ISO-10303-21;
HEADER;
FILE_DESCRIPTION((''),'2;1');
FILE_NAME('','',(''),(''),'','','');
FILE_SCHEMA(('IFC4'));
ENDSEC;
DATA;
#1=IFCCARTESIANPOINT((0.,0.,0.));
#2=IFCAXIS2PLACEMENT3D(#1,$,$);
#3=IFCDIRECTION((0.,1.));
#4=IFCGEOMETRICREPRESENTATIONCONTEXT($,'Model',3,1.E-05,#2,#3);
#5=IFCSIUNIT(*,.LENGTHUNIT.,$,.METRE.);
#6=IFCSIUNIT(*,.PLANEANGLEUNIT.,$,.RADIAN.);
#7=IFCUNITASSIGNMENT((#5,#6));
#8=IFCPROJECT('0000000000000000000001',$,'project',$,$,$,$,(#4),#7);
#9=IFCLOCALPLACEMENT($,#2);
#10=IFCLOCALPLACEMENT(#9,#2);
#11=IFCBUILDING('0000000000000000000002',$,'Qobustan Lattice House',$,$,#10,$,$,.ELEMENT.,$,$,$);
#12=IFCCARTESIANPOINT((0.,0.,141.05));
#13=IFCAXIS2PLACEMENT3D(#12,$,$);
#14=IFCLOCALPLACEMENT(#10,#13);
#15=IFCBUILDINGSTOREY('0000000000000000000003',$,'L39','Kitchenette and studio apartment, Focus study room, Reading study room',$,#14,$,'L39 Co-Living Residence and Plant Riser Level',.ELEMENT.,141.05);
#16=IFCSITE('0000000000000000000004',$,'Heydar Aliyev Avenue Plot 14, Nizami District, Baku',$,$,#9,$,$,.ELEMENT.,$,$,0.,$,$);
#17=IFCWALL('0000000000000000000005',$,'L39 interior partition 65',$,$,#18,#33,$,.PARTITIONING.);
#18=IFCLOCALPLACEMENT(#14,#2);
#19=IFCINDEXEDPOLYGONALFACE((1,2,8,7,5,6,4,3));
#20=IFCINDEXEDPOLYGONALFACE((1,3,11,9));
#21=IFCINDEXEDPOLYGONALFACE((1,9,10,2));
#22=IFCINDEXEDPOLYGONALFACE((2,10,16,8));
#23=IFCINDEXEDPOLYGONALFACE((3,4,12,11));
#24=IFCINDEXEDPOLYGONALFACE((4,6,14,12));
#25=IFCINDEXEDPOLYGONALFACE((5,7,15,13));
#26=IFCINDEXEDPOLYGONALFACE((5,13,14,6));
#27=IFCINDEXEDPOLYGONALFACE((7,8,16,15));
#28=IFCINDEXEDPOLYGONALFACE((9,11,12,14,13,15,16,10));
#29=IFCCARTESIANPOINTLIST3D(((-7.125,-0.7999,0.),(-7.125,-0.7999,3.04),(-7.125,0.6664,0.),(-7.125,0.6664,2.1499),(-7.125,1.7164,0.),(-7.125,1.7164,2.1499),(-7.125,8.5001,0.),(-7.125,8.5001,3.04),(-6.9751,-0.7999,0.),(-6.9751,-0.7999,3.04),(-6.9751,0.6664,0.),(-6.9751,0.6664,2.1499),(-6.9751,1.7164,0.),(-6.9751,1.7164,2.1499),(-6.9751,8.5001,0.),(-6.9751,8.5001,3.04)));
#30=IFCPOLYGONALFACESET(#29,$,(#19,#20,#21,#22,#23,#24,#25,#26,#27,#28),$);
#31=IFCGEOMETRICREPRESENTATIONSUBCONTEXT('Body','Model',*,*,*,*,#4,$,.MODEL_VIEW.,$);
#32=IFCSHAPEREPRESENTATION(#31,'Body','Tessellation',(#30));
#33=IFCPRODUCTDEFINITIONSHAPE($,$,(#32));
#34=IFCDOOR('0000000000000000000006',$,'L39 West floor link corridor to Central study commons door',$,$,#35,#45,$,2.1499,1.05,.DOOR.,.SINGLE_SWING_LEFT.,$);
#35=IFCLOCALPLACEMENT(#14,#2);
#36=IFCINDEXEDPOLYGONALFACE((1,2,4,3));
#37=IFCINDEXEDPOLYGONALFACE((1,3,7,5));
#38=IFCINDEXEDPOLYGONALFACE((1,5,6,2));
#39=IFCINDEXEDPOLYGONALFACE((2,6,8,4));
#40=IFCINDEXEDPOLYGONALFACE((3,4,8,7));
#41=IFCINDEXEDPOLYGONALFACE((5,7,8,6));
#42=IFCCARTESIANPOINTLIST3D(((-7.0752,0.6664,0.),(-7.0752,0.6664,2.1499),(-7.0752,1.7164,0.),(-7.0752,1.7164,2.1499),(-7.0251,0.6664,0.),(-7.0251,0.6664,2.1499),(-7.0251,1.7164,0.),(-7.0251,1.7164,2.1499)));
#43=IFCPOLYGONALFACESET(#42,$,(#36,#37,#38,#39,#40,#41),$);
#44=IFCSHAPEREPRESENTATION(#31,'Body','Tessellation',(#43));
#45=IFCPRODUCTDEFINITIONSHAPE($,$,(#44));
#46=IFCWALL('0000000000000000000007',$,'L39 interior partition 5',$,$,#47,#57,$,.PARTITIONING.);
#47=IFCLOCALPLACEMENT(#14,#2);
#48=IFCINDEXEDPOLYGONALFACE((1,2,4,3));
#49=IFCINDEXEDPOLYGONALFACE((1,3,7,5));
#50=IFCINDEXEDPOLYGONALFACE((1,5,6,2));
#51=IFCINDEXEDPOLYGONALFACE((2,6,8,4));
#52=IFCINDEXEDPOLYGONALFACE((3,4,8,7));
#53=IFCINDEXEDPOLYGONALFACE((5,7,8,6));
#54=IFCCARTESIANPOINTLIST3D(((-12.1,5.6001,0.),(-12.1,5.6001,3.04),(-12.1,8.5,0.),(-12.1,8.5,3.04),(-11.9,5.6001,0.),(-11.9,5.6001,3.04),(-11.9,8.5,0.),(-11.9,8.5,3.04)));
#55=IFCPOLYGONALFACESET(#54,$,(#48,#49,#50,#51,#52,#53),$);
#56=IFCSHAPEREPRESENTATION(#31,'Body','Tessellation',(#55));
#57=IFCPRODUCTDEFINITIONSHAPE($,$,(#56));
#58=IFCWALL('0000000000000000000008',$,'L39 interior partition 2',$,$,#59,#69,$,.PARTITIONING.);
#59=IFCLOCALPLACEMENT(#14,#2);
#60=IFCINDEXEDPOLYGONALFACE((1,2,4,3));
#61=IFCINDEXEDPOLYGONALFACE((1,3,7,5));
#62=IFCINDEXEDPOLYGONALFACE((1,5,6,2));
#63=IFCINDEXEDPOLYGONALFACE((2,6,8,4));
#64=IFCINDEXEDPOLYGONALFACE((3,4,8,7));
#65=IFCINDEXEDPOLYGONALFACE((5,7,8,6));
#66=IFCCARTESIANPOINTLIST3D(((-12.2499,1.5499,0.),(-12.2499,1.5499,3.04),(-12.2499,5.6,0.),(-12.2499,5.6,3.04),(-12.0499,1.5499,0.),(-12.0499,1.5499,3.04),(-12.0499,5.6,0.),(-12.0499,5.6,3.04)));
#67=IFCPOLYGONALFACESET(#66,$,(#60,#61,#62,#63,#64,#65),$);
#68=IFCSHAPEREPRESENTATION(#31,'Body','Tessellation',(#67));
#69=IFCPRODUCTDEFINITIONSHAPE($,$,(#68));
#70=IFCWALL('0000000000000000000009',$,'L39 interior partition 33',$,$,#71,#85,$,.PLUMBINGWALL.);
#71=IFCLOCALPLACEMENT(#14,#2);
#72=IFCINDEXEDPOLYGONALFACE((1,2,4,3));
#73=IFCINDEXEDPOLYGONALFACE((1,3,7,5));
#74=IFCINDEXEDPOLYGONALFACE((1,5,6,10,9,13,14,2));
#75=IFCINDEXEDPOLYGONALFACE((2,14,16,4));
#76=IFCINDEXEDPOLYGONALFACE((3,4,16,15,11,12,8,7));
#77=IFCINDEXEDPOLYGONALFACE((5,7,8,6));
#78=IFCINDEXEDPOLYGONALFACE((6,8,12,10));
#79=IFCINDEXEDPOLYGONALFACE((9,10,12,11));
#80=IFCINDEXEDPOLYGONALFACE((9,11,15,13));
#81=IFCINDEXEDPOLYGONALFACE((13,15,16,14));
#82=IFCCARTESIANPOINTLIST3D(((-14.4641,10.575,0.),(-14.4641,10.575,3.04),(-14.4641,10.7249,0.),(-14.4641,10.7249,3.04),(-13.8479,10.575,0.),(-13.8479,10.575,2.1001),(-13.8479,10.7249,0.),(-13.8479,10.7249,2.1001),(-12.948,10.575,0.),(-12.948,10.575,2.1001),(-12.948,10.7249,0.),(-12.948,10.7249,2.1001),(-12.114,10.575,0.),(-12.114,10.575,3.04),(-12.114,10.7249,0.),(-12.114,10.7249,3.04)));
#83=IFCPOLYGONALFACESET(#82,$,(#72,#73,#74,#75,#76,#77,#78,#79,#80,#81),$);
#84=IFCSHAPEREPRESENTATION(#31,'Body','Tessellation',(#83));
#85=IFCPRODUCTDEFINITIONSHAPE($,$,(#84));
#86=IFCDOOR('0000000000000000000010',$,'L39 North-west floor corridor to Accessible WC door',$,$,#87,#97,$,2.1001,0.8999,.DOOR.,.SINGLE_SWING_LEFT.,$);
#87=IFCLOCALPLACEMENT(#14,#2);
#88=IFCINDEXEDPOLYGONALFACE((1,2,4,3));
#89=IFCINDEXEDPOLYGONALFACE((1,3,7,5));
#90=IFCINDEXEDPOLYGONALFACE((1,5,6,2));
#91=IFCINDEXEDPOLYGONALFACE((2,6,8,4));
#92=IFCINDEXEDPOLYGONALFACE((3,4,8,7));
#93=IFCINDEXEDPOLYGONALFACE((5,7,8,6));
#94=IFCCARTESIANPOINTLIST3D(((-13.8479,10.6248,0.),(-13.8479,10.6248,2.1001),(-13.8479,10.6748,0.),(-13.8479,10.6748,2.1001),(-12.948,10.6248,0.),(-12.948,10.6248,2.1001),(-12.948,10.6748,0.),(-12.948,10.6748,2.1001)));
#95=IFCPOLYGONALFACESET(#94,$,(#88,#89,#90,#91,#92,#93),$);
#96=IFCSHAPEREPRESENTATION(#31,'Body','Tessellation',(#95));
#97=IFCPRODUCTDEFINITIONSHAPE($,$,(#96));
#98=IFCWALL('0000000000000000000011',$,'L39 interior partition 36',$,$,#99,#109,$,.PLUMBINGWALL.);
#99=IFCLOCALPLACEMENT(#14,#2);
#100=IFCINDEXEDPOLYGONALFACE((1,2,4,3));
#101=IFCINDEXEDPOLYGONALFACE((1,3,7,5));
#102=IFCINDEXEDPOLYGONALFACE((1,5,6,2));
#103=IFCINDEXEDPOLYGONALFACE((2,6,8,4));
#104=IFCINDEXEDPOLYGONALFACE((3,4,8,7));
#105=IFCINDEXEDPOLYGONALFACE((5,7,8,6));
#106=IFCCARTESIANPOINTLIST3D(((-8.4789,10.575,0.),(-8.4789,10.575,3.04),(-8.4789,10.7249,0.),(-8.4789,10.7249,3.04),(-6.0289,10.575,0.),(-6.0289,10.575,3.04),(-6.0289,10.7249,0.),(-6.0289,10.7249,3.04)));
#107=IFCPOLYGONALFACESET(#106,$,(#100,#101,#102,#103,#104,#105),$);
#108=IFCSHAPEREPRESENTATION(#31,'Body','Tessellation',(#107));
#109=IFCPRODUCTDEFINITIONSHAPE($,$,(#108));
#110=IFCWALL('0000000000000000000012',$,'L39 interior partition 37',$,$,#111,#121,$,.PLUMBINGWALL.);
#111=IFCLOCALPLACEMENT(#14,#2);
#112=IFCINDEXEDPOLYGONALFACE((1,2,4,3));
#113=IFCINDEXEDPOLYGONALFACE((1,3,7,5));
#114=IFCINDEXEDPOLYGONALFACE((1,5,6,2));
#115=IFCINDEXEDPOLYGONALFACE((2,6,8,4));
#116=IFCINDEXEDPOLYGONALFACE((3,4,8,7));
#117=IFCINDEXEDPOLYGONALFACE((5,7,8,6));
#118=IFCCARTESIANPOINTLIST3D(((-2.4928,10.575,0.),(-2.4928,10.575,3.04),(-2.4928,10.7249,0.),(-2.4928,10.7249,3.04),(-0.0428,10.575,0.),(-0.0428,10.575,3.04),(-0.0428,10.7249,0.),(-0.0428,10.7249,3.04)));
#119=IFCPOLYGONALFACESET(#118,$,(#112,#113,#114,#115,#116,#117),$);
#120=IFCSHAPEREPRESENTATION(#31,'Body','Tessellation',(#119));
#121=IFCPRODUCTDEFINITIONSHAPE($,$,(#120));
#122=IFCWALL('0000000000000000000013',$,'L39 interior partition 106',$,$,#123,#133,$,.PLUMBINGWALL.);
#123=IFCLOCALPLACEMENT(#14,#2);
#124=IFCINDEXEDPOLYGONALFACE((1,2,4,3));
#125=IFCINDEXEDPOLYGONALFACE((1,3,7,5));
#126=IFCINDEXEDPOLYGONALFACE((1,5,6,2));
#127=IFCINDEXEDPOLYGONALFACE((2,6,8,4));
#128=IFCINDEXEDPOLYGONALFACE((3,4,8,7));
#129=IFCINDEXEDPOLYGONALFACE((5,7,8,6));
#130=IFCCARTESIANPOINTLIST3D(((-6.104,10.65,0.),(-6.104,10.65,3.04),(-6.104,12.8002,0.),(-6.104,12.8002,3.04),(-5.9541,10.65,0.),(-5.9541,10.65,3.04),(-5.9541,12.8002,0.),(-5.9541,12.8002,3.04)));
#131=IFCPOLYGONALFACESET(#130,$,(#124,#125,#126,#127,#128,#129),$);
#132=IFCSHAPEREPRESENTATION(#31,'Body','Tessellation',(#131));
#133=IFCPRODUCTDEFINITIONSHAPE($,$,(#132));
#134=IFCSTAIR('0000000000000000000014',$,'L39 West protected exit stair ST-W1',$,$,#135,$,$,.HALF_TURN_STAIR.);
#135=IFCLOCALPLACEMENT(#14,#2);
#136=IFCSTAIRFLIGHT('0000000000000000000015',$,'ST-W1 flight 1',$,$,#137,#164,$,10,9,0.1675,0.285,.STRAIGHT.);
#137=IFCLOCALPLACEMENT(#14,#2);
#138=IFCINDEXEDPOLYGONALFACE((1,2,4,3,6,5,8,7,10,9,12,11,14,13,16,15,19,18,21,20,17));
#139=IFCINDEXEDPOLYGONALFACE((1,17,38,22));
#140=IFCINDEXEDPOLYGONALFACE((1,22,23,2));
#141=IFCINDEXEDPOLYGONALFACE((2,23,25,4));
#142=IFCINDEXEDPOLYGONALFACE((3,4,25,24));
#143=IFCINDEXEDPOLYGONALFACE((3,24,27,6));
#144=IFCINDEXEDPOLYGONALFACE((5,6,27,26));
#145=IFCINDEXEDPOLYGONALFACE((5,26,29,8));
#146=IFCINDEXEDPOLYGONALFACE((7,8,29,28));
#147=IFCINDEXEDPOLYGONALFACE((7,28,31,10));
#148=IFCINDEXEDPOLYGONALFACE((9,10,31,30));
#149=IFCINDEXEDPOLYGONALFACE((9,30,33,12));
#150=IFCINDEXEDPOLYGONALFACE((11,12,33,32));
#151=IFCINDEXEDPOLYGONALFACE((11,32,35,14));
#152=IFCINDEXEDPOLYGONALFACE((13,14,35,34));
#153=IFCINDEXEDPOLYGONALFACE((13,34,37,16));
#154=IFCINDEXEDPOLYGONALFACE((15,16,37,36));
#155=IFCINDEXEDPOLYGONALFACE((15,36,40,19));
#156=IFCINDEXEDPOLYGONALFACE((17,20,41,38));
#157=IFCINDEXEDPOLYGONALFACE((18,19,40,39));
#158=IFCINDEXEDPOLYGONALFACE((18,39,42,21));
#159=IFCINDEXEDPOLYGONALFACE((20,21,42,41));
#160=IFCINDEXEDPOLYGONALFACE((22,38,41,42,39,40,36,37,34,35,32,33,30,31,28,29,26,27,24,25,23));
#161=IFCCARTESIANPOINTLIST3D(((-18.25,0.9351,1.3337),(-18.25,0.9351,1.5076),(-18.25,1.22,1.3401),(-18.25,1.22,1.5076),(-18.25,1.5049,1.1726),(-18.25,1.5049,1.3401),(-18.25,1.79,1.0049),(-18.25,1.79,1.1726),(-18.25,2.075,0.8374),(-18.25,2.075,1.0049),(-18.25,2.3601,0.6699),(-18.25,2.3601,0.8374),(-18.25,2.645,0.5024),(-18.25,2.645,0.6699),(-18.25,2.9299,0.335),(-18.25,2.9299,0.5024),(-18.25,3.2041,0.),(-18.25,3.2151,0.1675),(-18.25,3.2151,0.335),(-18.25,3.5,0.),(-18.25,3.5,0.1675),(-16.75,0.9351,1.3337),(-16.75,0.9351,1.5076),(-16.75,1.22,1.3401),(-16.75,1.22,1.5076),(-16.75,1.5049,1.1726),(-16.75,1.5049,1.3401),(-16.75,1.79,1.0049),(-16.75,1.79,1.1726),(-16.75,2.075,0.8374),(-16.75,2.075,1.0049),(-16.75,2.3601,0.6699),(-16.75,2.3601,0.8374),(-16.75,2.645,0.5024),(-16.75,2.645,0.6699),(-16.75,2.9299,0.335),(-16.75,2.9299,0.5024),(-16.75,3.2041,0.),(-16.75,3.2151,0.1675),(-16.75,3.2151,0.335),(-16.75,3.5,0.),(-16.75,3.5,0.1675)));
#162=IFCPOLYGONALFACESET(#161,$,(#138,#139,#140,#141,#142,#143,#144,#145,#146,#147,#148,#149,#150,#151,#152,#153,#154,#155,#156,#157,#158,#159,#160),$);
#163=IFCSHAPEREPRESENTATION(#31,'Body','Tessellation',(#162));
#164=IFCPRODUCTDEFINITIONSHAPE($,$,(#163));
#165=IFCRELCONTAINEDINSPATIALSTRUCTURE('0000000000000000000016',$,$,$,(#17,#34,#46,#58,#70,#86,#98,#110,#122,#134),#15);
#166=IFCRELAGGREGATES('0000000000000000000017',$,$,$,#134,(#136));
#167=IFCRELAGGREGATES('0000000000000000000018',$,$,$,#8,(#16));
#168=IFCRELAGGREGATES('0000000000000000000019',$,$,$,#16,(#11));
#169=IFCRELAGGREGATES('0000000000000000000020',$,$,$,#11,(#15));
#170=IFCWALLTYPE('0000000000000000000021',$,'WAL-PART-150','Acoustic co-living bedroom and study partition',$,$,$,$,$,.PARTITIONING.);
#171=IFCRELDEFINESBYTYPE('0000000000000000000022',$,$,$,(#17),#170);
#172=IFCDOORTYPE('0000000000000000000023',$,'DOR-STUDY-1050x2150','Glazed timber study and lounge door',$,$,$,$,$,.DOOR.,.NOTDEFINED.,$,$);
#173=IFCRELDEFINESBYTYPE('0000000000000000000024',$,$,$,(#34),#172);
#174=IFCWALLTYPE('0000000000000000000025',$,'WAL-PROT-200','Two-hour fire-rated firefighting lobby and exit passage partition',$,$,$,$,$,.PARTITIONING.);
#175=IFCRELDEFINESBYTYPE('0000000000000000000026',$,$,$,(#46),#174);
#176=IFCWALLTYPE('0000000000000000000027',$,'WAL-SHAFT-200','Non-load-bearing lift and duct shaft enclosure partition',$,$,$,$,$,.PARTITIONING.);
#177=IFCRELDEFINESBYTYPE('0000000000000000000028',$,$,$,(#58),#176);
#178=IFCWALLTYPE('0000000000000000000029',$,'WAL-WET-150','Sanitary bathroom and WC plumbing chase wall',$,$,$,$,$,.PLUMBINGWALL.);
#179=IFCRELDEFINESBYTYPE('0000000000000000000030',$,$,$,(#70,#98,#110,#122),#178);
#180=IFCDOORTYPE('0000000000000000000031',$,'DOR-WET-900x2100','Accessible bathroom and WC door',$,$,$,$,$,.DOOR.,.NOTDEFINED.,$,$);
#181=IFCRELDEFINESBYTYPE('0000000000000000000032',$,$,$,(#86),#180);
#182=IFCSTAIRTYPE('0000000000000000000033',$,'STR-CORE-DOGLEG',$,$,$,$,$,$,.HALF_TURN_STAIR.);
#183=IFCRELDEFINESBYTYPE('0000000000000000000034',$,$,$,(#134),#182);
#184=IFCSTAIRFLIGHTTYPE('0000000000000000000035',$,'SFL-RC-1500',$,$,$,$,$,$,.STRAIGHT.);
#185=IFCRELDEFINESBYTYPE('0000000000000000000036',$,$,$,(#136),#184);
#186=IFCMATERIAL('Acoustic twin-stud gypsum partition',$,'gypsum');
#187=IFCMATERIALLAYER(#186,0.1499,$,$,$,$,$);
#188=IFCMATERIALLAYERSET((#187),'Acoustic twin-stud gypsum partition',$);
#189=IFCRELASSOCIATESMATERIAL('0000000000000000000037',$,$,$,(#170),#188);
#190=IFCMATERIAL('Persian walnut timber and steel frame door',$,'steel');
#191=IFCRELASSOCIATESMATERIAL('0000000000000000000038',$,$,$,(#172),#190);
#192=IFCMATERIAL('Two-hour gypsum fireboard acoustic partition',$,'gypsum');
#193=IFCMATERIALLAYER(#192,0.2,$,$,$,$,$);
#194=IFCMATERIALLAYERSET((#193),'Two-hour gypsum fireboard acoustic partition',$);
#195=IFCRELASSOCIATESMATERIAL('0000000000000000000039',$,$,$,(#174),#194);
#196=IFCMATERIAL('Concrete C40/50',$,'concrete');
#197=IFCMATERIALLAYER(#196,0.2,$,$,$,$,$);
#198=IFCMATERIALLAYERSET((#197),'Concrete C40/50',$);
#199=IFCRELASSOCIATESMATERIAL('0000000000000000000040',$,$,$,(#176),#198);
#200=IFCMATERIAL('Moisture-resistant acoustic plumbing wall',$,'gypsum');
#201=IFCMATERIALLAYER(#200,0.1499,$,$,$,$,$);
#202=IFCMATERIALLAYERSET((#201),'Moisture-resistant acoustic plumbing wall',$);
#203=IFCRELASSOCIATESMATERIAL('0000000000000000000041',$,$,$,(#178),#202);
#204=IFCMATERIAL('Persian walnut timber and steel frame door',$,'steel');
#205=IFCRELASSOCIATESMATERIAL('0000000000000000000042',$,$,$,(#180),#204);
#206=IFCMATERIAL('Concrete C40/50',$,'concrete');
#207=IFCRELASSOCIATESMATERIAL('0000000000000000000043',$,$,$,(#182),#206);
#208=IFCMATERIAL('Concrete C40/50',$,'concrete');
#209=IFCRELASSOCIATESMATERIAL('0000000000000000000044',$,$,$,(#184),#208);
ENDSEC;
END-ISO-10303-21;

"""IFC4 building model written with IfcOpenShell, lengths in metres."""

from ifc_helpers import new_model, si_unit, direction, frame, frame_2d, origin, place, context, subcontext, project, spatial, polyline, rectangle, outline, extrude, material, layer, layer_set, type_object, element, fill, aggregate, save


model = new_model("IFC4")

# Units and contexts
model_context = context("Model", 3, precision=1e-05, world=origin(), true_north=direction((0.0, 1.0)))
body_context = subcontext(model_context, "Body", "Model", "MODEL_VIEW")
ifc_project = project(units=[si_unit("LENGTHUNIT", "METRE"), si_unit("PLANEANGLEUNIT", "RADIAN")], contexts=[model_context])

# Site, building, storey
site_placement = place(None, origin())
site = spatial("IfcSite", under=ifc_project, at=site_placement, Name="Heydar Aliyev Avenue Plot 14, Nizami District, Baku", CompositionType="ELEMENT", RefElevation=0.0)
building_placement = place(site_placement, origin())
building = spatial("IfcBuilding", under=site, at=building_placement, Name="Qobustan Lattice House", CompositionType="ELEMENT")
storey_placement = place(building_placement, frame((0.0, 0.0, 141.05)))
storey = spatial("IfcBuildingStorey", under=building, at=storey_placement, Name="L39", Description="Kitchenette and studio apartment, Focus study room, Reading study room", LongName="L39 Co-Living Residence and Plant Riser Level", CompositionType="ELEMENT", Elevation=141.05)

# Shared definitions
ifc_material_1 = material(Name="Acoustic twin-stud gypsum partition", Category="gypsum")
ifc_layer_1 = layer(ifc_material_1, 0.1499)
ifc_layer_set_1 = layer_set([ifc_layer_1], Name="Acoustic twin-stud gypsum partition")
wall_type_1 = type_object("IfcWallType", Name="WAL-PART-150", Description="Acoustic co-living bedroom and study partition", PredefinedType="PARTITIONING", material=ifc_layer_set_1)

# Wall, opening, door
wall_1_placement = place(storey_placement, frame((-7.05, 8.5, 0.0), z_axis=(0.0, 0.0, 1.0), x_axis=(0.0, -1.0, 0.0)))
wall_1 = element("IfcWall", 1, at=wall_1_placement, inside=storey, type_object=wall_type_1, Name="L39 interior partition 65", PredefinedType="PARTITIONING", context=body_context, shape_type="SweptSolid", body=[
    extrude(rectangle(XDim=9.3, YDim=0.1499, at=frame_2d((4.6499, 0.0))), origin(), (0.0, 0.0, 1.0), 3.04),
])
opening_1_placement = place(wall_1_placement, frame((6.7837, 0.0, 0.0)))
opening_1 = element("IfcOpeningElement", 2, at=opening_1_placement, cuts=wall_1, PredefinedType="OPENING", context=body_context, shape_type="SweptSolid", body=[
    extrude(rectangle(XDim=1.05, YDim=2.1499, at=frame_2d((0.5249, 1.075))), frame((0.0, 0.085, 0.0), z_axis=(0.0, -1.0, 0.0), x_axis=(1.0, 0.0, 0.0)), (0.0, 0.0, 1.0), 0.1699),
])
ifc_material_2 = material(Name="Persian walnut timber and steel frame door", Category="steel")
door_type_1 = type_object("IfcDoorType", Name="DOR-STUDY-1050x2150", Description="Glazed timber study and lounge door", OperationType="NOTDEFINED", PredefinedType="DOOR", material=ifc_material_2)
door_1_placement = place(opening_1_placement, origin())
door_1 = element("IfcDoor", 3, at=door_1_placement, inside=storey, type_object=door_type_1, Name="L39 West floor link corridor to Central study commons door", OperationType="SINGLE_SWING_LEFT", OverallHeight=2.1499, OverallWidth=1.05, PredefinedType="DOOR", context=body_context, shape_type="SweptSolid", body=[
    extrude(rectangle(XDim=1.05, YDim=2.1499, at=frame_2d((0.5249, 1.075))), frame((0.0, 0.0249, 0.0), z_axis=(0.0, -1.0, 0.0), x_axis=(1.0, 0.0, 0.0)), (0.0, 0.0, 1.0), 0.05),
])
fill(opening_1, door_1)
ifc_material_3 = material(Name="Two-hour gypsum fireboard acoustic partition", Category="gypsum")
ifc_layer_2 = layer(ifc_material_3, 0.2)
ifc_layer_set_2 = layer_set([ifc_layer_2], Name="Two-hour gypsum fireboard acoustic partition")
wall_type_2 = type_object("IfcWallType", Name="WAL-PROT-200", Description="Two-hour fire-rated firefighting lobby and exit passage partition", PredefinedType="PARTITIONING", material=ifc_layer_set_2)

# Walls
wall_2_placement = place(storey_placement, frame((-12.0, 5.6001, 0.0), z_axis=(0.0, 0.0, 1.0), x_axis=(0.0, 1.0, 0.0)))
element("IfcWall", 4, at=wall_2_placement, inside=storey, type_object=wall_type_2, Name="L39 interior partition 5", PredefinedType="PARTITIONING", context=body_context, shape_type="SweptSolid", body=[
    extrude(rectangle(XDim=2.8999, YDim=0.2, at=frame_2d((1.45, 0.0))), origin(), (0.0, 0.0, 1.0), 3.04),
])
ifc_material_4 = material(Name="Concrete C40/50", Category="concrete")
ifc_layer_3 = layer(ifc_material_4, 0.2)
ifc_layer_set_3 = layer_set([ifc_layer_3], Name="Concrete C40/50")
wall_type_3 = type_object("IfcWallType", Name="WAL-SHAFT-200", Description="Non-load-bearing lift and duct shaft enclosure partition", PredefinedType="PARTITIONING", material=ifc_layer_set_3)
wall_3_placement = place(storey_placement, frame((-12.1499, 1.55, 0.0), z_axis=(0.0, 0.0, 1.0), x_axis=(0.0, 1.0, 0.0)))
element("IfcWall", 5, at=wall_3_placement, inside=storey, type_object=wall_type_3, Name="L39 interior partition 2", PredefinedType="PARTITIONING", context=body_context, shape_type="SweptSolid", body=[
    extrude(rectangle(XDim=4.05, YDim=0.2, at=frame_2d((2.0249, 0.0))), origin(), (0.0, 0.0, 1.0), 3.04),
])

# Wall, opening, door
ifc_material_5 = material(Name="Moisture-resistant acoustic plumbing wall", Category="gypsum")
ifc_layer_4 = layer(ifc_material_5, 0.1499)
ifc_layer_set_4 = layer_set([ifc_layer_4], Name="Moisture-resistant acoustic plumbing wall")
wall_type_4 = type_object("IfcWallType", Name="WAL-WET-150", Description="Sanitary bathroom and WC plumbing chase wall", PredefinedType="PLUMBINGWALL", material=ifc_layer_set_4)
wall_4_placement = place(storey_placement, frame((-14.4641, 10.6499, 0.0), z_axis=(0.0, 0.0, 1.0), x_axis=(1.0, 0.0, 0.0)))
wall_4 = element("IfcWall", 6, at=wall_4_placement, inside=storey, type_object=wall_type_4, Name="L39 interior partition 33", PredefinedType="PLUMBINGWALL", context=body_context, shape_type="SweptSolid", body=[
    extrude(rectangle(XDim=2.3501, YDim=0.1499, at=frame_2d((1.175, 0.0))), origin(), (0.0, 0.0, 1.0), 3.04),
])
opening_2_placement = place(wall_4_placement, frame((0.6162, 0.0, 0.0)))
opening_2 = element("IfcOpeningElement", 7, at=opening_2_placement, cuts=wall_4, PredefinedType="OPENING", context=body_context, shape_type="SweptSolid", body=[
    extrude(rectangle(XDim=0.8999, YDim=2.1001, at=frame_2d((0.45, 1.05))), frame((0.0, 0.085, 0.0), z_axis=(0.0, -1.0, 0.0), x_axis=(1.0, 0.0, 0.0)), (0.0, 0.0, 1.0), 0.1699),
])
ifc_material_6 = material(Name="Persian walnut timber and steel frame door", Category="steel")
door_type_2 = type_object("IfcDoorType", Name="DOR-WET-900x2100", Description="Accessible bathroom and WC door", OperationType="NOTDEFINED", PredefinedType="DOOR", material=ifc_material_6)
door_2_placement = place(opening_2_placement, origin())
door_2 = element("IfcDoor", 8, at=door_2_placement, inside=storey, type_object=door_type_2, Name="L39 North-west floor corridor to Accessible WC door", OperationType="SINGLE_SWING_LEFT", OverallHeight=2.1001, OverallWidth=0.8999, PredefinedType="DOOR", context=body_context, shape_type="SweptSolid", body=[
    extrude(rectangle(XDim=0.8999, YDim=2.1001, at=frame_2d((0.45, 1.05))), frame((0.0, 0.0249, 0.0), z_axis=(0.0, -1.0, 0.0), x_axis=(1.0, 0.0, 0.0)), (0.0, 0.0, 1.0), 0.05),
])
fill(opening_2, door_2)

# Walls
for number, where, z_axis, x_axis, name in (
    (9, (-8.479, 10.6499, 0.0), (0.0, 0.0, 1.0), (1.0, 0.0, 0.0), "L39 interior partition 36"),
    (10, (-2.4929, 10.6499, 0.0), (0.0, 0.0, 1.0), (1.0, 0.0, 0.0), "L39 interior partition 37"),
):
    element("IfcWall", number, at=place(storey_placement, frame(where, z_axis=z_axis, x_axis=x_axis)), inside=storey, type_object=wall_type_4, Name=name, PredefinedType="PLUMBINGWALL", context=body_context, shape_type="SweptSolid", body=[
        extrude(rectangle(XDim=2.45, YDim=0.1499, at=frame_2d((1.2251, 0.0))), origin(), (0.0, 0.0, 1.0), 3.04),
    ])
wall_5_placement = place(storey_placement, frame((-6.0291, 10.6499, 0.0), z_axis=(0.0, 0.0, 1.0), x_axis=(0.0, 1.0, 0.0)))
element("IfcWall", 11, at=wall_5_placement, inside=storey, type_object=wall_type_4, Name="L39 interior partition 106", PredefinedType="PLUMBINGWALL", context=body_context, shape_type="SweptSolid", body=[
    extrude(rectangle(XDim=2.1501, YDim=0.1499, at=frame_2d((1.0752, 0.0))), origin(), (0.0, 0.0, 1.0), 3.04),
])

# Stair, stair flight
ifc_material_7 = material(Name="Concrete C40/50", Category="concrete")
stair_type = type_object("IfcStairType", Name="STR-CORE-DOGLEG", PredefinedType="HALF_TURN_STAIR", material=ifc_material_7)
stair_placement = place(storey_placement, origin())
stair = element("IfcStair", 12, at=stair_placement, inside=storey, type_object=stair_type, Name="L39 West protected exit stair ST-W1", PredefinedType="HALF_TURN_STAIR")
ifc_material_8 = material(Name="Concrete C40/50", Category="concrete")
stair_flight_type = type_object("IfcStairFlightType", Name="SFL-RC-1500", PredefinedType="STRAIGHT", material=ifc_material_8)
stair_flight_placement = place(storey_placement, frame((-17.5, 3.5, 0.0), z_axis=(0.0, 0.0, 1.0), x_axis=(0.0, -1.0, 0.0)))
stair_flight = element("IfcStairFlight", 13, at=stair_flight_placement, type_object=stair_flight_type, Name="ST-W1 flight 1", NumberOfRisers=10, NumberOfTreads=9, PredefinedType="STRAIGHT", RiserHeight=0.1675, TreadLength=0.285, context=body_context, shape_type="SweptSolid", body=[
    extrude(outline(polyline([(0.0, 0.0), (0.0, 0.1675), (0.2849, 0.1675), (0.2849, 0.335), (0.5701, 0.335), (0.5701, 0.5024), (0.855, 0.5024), (0.855, 0.6699), (1.1399, 0.6699), (1.1399, 0.8374), (1.425, 0.8374), (1.425, 1.0049), (1.71, 1.0049), (1.71, 1.1726), (1.9951, 1.1726), (1.9951, 1.3401), (2.28, 1.3401), (2.28, 1.5076), (2.5649, 1.5076), (2.5649, 1.675), (2.5649, 1.3337), (0.2959, 0.0), (0.0, 0.0)])), frame((0.0, 0.75, 0.0), z_axis=(0.0, -1.0, 0.0), x_axis=(1.0, 0.0, 0.0)), (0.0, 0.0, 1.0), 1.5),
])
aggregate(stair, [stair_flight])

save(model, "model.ifc")
